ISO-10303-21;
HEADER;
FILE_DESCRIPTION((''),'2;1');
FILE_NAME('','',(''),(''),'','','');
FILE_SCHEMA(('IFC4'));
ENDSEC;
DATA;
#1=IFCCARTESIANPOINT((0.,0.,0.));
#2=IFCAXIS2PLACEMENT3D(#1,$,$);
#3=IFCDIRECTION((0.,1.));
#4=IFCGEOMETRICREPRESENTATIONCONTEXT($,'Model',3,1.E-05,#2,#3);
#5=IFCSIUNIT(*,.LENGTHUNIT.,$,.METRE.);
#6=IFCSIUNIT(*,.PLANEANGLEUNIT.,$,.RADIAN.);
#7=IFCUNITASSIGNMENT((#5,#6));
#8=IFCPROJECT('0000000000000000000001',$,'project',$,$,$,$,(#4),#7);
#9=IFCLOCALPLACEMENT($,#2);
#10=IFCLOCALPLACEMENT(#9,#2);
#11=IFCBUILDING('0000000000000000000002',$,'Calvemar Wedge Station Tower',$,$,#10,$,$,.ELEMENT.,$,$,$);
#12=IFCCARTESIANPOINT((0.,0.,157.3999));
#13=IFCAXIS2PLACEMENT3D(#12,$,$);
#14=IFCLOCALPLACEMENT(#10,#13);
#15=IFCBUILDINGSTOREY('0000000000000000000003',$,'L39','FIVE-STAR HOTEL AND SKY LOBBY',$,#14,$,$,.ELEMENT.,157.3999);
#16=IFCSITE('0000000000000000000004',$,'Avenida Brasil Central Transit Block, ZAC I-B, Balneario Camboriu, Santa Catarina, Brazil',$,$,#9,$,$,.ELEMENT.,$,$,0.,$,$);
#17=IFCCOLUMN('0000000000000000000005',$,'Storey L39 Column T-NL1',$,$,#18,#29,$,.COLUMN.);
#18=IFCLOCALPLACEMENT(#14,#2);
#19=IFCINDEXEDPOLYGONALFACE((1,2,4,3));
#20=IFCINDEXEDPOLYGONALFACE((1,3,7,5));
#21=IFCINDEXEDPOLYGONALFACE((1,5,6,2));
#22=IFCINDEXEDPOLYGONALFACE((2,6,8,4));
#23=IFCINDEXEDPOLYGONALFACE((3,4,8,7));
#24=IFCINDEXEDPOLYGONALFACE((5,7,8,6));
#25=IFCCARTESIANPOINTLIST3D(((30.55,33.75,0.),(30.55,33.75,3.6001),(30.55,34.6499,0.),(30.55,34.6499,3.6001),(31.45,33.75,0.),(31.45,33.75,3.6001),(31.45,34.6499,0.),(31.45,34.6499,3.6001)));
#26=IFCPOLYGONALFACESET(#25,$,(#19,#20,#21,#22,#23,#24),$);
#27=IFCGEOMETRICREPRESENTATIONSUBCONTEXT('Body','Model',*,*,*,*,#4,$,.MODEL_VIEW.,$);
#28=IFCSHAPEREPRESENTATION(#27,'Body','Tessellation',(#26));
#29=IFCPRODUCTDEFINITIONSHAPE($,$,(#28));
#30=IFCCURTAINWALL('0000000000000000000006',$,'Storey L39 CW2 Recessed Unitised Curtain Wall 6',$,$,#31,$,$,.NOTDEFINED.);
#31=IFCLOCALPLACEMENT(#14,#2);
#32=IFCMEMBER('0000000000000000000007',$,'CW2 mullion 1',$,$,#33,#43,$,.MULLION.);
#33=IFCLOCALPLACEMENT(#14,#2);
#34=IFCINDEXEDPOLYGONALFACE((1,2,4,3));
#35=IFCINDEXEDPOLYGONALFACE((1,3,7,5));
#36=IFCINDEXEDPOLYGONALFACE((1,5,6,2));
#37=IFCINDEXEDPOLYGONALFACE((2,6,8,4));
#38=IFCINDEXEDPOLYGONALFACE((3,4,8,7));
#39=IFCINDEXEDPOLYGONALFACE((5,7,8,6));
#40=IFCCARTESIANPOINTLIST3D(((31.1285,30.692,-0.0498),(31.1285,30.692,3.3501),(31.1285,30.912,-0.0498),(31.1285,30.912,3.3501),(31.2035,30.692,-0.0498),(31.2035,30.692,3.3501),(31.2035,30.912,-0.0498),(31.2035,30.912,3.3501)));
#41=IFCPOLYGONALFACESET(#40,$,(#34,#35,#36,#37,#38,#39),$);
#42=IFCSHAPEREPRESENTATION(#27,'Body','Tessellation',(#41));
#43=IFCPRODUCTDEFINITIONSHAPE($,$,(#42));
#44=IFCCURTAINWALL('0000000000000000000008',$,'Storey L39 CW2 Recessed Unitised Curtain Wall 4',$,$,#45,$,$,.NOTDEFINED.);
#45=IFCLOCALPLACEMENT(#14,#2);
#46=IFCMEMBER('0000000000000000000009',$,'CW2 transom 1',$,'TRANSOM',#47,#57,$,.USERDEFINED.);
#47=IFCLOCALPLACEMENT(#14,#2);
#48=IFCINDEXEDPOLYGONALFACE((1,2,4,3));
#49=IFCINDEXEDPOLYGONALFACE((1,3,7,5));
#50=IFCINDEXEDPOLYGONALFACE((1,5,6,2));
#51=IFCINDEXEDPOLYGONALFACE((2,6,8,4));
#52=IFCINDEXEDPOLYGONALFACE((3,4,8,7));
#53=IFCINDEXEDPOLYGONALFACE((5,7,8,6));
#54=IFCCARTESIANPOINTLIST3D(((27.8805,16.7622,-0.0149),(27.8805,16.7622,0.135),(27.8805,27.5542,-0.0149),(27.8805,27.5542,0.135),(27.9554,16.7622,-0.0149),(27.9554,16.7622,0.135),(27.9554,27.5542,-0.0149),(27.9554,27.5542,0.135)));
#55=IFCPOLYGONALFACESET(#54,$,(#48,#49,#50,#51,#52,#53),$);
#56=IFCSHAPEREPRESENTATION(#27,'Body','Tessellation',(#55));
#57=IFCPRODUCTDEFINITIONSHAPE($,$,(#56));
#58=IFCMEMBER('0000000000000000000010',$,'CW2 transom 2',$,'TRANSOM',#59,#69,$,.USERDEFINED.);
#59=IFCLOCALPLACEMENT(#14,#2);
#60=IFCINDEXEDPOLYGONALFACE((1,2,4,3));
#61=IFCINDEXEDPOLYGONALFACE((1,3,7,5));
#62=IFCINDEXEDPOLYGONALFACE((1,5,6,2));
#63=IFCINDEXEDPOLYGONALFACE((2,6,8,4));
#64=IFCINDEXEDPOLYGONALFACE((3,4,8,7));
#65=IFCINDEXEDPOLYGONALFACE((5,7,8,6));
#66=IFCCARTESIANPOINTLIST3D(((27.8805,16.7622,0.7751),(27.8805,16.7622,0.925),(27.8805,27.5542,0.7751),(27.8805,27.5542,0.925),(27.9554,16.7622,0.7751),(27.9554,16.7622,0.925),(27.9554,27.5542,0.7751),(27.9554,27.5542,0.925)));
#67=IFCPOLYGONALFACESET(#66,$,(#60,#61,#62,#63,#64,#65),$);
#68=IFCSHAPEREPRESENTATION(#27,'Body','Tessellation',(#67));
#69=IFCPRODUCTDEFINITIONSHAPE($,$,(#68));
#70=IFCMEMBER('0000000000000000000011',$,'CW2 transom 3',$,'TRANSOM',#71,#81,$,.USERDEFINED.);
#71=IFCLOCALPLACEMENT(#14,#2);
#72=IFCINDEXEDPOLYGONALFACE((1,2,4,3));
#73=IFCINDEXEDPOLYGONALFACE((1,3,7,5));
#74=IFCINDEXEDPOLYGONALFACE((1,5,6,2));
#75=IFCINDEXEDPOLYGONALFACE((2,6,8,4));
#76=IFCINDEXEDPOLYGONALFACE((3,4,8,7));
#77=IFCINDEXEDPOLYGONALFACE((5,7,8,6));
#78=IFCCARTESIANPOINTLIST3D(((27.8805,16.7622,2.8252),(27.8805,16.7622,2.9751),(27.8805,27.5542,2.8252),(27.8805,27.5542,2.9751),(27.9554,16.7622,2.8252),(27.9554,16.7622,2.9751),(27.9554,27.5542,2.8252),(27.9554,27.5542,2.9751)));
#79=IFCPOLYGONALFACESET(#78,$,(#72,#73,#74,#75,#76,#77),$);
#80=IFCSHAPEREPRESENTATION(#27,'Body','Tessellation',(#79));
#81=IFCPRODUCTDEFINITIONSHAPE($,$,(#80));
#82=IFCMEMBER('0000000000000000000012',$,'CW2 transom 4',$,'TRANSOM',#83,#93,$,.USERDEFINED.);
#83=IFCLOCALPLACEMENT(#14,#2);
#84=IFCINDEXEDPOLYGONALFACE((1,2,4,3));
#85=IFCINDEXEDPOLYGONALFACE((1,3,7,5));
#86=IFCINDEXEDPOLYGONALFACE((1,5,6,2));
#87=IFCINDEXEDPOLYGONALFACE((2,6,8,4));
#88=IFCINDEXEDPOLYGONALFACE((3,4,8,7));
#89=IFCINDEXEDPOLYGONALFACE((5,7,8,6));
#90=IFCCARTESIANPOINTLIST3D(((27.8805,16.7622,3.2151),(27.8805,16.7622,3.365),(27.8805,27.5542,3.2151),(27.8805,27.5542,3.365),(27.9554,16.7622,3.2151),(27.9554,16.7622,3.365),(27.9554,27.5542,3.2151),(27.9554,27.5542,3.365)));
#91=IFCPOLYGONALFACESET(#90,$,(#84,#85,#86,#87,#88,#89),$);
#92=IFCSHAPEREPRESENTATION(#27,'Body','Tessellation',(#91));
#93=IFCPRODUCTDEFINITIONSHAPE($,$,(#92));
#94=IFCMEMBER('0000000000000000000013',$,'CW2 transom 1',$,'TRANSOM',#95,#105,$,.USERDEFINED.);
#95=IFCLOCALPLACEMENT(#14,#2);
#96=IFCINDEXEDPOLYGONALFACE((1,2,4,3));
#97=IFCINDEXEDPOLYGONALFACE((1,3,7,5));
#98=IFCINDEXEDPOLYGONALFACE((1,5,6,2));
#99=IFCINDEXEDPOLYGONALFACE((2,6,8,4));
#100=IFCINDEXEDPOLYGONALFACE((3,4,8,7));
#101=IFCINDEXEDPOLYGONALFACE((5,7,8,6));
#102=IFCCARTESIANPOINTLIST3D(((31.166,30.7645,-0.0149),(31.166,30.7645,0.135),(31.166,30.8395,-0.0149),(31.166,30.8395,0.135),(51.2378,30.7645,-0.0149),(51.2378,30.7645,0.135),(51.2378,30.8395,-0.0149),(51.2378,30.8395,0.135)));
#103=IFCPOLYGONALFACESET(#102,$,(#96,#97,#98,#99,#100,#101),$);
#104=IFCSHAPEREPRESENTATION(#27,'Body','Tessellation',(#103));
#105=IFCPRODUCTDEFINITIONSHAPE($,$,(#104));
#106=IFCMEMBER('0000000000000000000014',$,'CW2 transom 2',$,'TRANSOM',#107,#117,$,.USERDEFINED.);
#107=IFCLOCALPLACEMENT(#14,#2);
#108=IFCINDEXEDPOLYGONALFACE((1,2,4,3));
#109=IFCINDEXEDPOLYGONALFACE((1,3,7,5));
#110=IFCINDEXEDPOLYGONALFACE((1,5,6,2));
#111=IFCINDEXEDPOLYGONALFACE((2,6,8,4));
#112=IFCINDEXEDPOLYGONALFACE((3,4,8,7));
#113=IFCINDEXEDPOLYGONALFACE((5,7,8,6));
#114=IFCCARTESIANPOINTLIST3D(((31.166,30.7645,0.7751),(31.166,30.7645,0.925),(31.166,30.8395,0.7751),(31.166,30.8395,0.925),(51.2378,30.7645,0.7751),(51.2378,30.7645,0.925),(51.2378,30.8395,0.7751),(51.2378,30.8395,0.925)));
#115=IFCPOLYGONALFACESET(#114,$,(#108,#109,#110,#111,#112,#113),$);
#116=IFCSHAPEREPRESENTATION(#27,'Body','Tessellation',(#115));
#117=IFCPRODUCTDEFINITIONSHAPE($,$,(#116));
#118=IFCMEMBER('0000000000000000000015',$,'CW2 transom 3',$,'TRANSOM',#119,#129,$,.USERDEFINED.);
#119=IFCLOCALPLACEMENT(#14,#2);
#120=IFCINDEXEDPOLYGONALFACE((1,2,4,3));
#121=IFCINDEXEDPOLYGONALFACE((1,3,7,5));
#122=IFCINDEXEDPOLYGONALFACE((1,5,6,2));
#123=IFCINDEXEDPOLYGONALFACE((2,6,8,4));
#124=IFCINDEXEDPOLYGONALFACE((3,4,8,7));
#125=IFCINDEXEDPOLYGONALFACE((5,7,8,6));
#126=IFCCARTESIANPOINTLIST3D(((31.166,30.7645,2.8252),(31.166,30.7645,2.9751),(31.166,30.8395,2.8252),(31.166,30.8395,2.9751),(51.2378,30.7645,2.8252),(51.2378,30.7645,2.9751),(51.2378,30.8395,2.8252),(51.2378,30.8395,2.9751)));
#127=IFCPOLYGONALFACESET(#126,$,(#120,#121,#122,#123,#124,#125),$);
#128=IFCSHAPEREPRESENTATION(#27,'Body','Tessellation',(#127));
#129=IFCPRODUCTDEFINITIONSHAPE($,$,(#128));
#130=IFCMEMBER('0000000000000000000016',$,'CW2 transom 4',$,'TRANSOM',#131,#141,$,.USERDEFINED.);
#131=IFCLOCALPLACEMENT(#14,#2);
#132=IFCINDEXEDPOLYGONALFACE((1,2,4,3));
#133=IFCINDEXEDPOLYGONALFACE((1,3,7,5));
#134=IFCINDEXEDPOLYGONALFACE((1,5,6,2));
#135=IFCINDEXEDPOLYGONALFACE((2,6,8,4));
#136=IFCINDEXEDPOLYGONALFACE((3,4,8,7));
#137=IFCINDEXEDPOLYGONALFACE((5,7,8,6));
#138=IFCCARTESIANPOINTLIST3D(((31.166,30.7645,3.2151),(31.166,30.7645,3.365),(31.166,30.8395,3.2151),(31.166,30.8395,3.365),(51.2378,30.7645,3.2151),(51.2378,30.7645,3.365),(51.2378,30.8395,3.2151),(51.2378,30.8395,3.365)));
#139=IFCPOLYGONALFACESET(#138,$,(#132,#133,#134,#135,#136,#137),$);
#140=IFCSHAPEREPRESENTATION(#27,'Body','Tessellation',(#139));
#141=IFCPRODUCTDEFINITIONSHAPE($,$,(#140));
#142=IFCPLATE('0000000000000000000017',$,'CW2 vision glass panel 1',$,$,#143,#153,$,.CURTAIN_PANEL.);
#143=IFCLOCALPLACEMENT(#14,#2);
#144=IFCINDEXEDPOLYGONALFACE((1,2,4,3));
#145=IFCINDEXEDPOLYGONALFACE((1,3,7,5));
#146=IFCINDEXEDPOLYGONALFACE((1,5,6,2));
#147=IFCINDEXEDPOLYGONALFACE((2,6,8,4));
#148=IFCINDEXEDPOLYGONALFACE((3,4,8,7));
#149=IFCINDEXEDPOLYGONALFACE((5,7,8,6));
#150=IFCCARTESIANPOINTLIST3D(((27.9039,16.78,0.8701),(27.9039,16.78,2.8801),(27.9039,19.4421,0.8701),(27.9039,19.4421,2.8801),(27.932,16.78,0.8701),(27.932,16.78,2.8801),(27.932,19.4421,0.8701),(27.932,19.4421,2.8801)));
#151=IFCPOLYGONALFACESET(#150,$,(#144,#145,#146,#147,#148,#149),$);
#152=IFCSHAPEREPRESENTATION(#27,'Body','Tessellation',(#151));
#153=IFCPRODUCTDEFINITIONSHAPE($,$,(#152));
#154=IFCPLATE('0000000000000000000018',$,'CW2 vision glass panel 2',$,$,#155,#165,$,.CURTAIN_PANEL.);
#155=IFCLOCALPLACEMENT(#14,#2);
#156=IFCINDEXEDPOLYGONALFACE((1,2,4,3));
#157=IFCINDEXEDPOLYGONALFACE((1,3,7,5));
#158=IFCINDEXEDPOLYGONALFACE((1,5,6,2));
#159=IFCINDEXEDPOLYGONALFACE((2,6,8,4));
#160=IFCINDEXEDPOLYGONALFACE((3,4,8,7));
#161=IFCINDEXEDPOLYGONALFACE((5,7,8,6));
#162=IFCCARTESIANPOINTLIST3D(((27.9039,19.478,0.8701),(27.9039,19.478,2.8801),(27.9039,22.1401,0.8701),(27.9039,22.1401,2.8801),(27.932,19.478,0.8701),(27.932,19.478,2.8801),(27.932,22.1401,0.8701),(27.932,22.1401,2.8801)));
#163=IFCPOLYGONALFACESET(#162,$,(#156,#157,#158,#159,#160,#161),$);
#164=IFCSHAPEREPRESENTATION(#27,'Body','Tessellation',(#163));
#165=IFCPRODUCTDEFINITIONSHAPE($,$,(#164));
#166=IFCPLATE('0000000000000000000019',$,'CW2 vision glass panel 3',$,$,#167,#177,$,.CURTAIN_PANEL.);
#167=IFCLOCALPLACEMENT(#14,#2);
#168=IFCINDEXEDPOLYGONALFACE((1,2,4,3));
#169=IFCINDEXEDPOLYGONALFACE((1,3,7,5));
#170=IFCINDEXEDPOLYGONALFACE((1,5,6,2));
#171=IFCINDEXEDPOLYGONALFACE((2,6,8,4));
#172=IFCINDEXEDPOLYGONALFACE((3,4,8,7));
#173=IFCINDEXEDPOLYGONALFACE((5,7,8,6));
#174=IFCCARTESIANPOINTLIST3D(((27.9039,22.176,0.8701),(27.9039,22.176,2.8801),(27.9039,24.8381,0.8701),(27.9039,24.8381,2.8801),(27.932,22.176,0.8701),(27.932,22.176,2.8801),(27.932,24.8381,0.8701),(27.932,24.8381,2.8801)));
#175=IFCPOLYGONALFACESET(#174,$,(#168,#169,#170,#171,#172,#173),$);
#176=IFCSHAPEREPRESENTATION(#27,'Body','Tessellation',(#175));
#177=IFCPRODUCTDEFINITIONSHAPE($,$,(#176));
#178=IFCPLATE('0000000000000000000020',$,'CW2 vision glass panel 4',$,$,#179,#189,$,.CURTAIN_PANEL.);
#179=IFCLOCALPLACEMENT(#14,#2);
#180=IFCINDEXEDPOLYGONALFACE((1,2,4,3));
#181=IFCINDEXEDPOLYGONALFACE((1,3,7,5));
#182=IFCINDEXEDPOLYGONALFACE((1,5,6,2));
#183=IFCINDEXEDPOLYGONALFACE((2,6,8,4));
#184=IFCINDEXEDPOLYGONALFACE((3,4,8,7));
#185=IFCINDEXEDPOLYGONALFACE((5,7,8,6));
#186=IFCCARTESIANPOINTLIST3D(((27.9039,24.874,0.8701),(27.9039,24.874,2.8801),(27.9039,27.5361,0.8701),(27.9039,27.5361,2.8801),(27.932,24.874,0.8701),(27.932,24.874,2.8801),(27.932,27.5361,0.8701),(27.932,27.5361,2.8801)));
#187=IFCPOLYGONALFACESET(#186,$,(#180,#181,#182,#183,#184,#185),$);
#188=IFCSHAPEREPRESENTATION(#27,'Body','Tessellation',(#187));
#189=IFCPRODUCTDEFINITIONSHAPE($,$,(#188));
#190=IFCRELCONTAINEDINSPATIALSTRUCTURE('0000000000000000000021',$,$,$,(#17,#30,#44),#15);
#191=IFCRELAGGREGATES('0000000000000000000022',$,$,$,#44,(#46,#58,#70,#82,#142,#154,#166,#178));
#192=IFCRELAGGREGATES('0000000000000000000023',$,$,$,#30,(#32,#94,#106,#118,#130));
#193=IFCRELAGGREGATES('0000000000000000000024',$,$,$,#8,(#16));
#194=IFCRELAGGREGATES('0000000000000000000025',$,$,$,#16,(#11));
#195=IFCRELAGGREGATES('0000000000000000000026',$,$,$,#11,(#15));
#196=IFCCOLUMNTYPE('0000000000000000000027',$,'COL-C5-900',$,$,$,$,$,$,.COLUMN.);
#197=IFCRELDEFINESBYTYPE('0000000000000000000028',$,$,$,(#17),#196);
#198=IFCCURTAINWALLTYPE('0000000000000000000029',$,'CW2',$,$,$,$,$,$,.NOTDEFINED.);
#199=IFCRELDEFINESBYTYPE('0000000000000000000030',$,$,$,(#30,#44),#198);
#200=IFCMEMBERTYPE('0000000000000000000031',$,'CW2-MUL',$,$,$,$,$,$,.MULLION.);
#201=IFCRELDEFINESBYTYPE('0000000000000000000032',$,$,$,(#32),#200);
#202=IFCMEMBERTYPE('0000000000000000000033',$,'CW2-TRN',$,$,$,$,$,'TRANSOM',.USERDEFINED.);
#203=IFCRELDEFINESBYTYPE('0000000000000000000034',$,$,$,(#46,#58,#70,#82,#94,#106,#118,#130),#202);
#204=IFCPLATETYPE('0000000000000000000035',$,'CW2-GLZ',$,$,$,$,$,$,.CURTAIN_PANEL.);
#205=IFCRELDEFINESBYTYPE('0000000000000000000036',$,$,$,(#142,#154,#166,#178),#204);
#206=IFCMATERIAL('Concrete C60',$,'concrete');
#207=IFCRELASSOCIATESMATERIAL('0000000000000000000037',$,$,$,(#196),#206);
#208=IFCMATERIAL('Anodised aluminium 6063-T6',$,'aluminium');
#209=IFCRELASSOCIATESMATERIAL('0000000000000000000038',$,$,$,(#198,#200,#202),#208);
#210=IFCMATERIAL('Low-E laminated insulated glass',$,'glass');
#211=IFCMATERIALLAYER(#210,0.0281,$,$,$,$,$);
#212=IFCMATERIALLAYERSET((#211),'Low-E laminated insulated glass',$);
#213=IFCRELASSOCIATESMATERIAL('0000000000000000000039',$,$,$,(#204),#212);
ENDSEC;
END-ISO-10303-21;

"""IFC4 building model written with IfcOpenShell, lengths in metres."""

from ifc_helpers import new_model, si_unit, direction, frame, frame_2d, origin, origin_2d, place, context, subcontext, project, spatial, rectangle, extrude, source, transform, mapped, material, layer, layer_set, material_profile, profile_set, type_object, element, aggregate, save


model = new_model("IFC4")

# Units and contexts
model_context = context("Model", 3, precision=1e-05, world=origin(), true_north=direction((0.0, 1.0)))
body_context = subcontext(model_context, "Body", "Model", "MODEL_VIEW")
ifc_project = project(units=[si_unit("LENGTHUNIT", "METRE"), si_unit("PLANEANGLEUNIT", "RADIAN")], contexts=[model_context])

# Site, building, storey
site_placement = place(None, origin())
site = spatial("IfcSite", under=ifc_project, at=site_placement, Name="Avenida Brasil Central Transit Block, ZAC I-B, Balneario Camboriu, Santa Catarina, Brazil", CompositionType="ELEMENT", RefElevation=0.0)
building_placement = place(site_placement, origin())
building = spatial("IfcBuilding", under=site, at=building_placement, Name="Calvemar Wedge Station Tower", CompositionType="ELEMENT")
storey_placement = place(building_placement, frame((0.0, 0.0, 157.3999)))
storey = spatial("IfcBuildingStorey", under=building, at=storey_placement, Name="L39", Description="FIVE-STAR HOTEL AND SKY LOBBY", CompositionType="ELEMENT", Elevation=157.3999)

# Column
ifc_material_1 = material(Name="Concrete C60", Category="concrete")
ifc_material_profile_1 = material_profile(ifc_material_1, rectangle(XDim=0.8999, YDim=0.8999, at=origin_2d()), Name="RC900x900")
ifc_profile_set_1 = profile_set([ifc_material_profile_1], Name="Concrete C60")
column_type = type_object("IfcColumnType", Name="COL-C5-900", PredefinedType="COLUMN", material=ifc_profile_set_1)
shared_shape_1 = source(origin(), body_context, "Body", "SweptSolid", [
    extrude(rectangle(XDim=0.8999, YDim=0.8999, at=origin_2d()), origin(), (0.0, 0.0, 1.0), 3.6001),
])
column_placement = place(storey_placement, frame((31.0, 34.2, 0.0), z_axis=(0.0, 0.0, 1.0), x_axis=(1.0, 0.0, 0.0)))
element("IfcColumn", 1, at=column_placement, inside=storey, type_object=column_type, Name="Storey L39 Column T-NL1", PredefinedType="COLUMN", context=body_context, shape_type="MappedRepresentation", body=[
    mapped(shared_shape_1, transform((0.0, 0.0, 0.0), scale=1.0)),
])

# Curtain wall, member
ifc_material_2 = material(Name="Anodised aluminium 6063-T6", Category="aluminium")
curtain_wall_type = type_object("IfcCurtainWallType", Name="CW2", PredefinedType="NOTDEFINED", material=ifc_material_2)
curtain_wall_1_placement = place(storey_placement, origin())
curtain_wall_1 = element("IfcCurtainWall", 2, at=curtain_wall_1_placement, inside=storey, type_object=curtain_wall_type, Name="Storey L39 CW2 Recessed Unitised Curtain Wall 6", PredefinedType="NOTDEFINED")
ifc_material_profile_2 = material_profile(ifc_material_2, rectangle(XDim=0.075, YDim=0.22, at=origin_2d()), Name="AL-MUL-75x220")
ifc_profile_set_2 = profile_set([ifc_material_profile_2], Name="Anodised aluminium 6063-T6")
member_type_1 = type_object("IfcMemberType", Name="CW2-MUL", PredefinedType="MULLION", material=ifc_profile_set_2)
shared_shape_2 = source(origin(), body_context, "Body", "SweptSolid", [
    extrude(rectangle(XDim=0.075, YDim=0.22, at=origin_2d()), origin(), (0.0, 0.0, 1.0), 3.3999),
])
member_1_placement = place(storey_placement, frame((31.166, 30.802, -0.0498), z_axis=(0.0, 0.0, 1.0), x_axis=(1.0, 0.0, 0.0)))
member_1 = element("IfcMember", 3, at=member_1_placement, type_object=member_type_1, Name="CW2 mullion 1", PredefinedType="MULLION", context=body_context, shape_type="MappedRepresentation", body=[
    mapped(shared_shape_2, transform((0.0, 0.0, 0.0), scale=1.0)),
])

# Curtain wall, members
curtain_wall_2_placement = place(storey_placement, origin())
curtain_wall_2 = element("IfcCurtainWall", 4, at=curtain_wall_2_placement, inside=storey, type_object=curtain_wall_type, Name="Storey L39 CW2 Recessed Unitised Curtain Wall 4", PredefinedType="NOTDEFINED")
ifc_material_profile_3 = material_profile(ifc_material_2, rectangle(XDim=0.075, YDim=0.1499, at=origin_2d()), Name="AL-TRN-75x150")
ifc_profile_set_3 = profile_set([ifc_material_profile_3], Name="Anodised aluminium 6063-T6")
member_type_2 = type_object("IfcMemberType", Name="CW2-TRN", ElementType="TRANSOM", PredefinedType="USERDEFINED", material=ifc_profile_set_3)
shared_shape_3 = source(origin(), body_context, "Body", "SweptSolid", [
    extrude(rectangle(XDim=0.075, YDim=0.1499, at=origin_2d()), origin(), (0.0, 0.0, 1.0), 10.792),
])
member_2_placement = place(storey_placement, frame((27.918, 16.7622, 0.0601), z_axis=(0.0, 1.0, 0.0), x_axis=(-1.0, 0.0, 0.0)))
member_2 = element("IfcMember", 5, at=member_2_placement, type_object=member_type_2, Name="CW2 transom 1", ObjectType="TRANSOM", PredefinedType="USERDEFINED", context=body_context, shape_type="MappedRepresentation", body=[
    mapped(shared_shape_3, transform((0.0, 0.0, 0.0), scale=1.0)),
])
member_3_placement = place(storey_placement, frame((27.918, 16.7622, 0.8501), z_axis=(0.0, 1.0, 0.0), x_axis=(-1.0, 0.0, 0.0)))
member_3 = element("IfcMember", 6, at=member_3_placement, type_object=member_type_2, Name="CW2 transom 2", ObjectType="TRANSOM", PredefinedType="USERDEFINED", context=body_context, shape_type="MappedRepresentation", body=[
    mapped(shared_shape_3, transform((0.0, 0.0, 0.0), scale=1.0)),
])
member_4_placement = place(storey_placement, frame((27.918, 16.7622, 2.9001), z_axis=(0.0, 1.0, 0.0), x_axis=(-1.0, 0.0, 0.0)))
member_4 = element("IfcMember", 7, at=member_4_placement, type_object=member_type_2, Name="CW2 transom 3", ObjectType="TRANSOM", PredefinedType="USERDEFINED", context=body_context, shape_type="MappedRepresentation", body=[
    mapped(shared_shape_3, transform((0.0, 0.0, 0.0), scale=1.0)),
])
member_5_placement = place(storey_placement, frame((27.918, 16.7622, 3.29), z_axis=(0.0, 1.0, 0.0), x_axis=(-1.0, 0.0, 0.0)))
member_5 = element("IfcMember", 8, at=member_5_placement, type_object=member_type_2, Name="CW2 transom 4", ObjectType="TRANSOM", PredefinedType="USERDEFINED", context=body_context, shape_type="MappedRepresentation", body=[
    mapped(shared_shape_3, transform((0.0, 0.0, 0.0), scale=1.0)),
])

# Members
shared_shape_4 = source(origin(), body_context, "Body", "SweptSolid", [
    extrude(rectangle(XDim=0.075, YDim=0.1499, at=origin_2d()), origin(), (0.0, 0.0, 1.0), 20.0718),
])
member_6_placement = place(storey_placement, frame((31.166, 30.802, 0.0601), z_axis=(1.0, 0.0, 0.0), x_axis=(0.0, 1.0, 0.0)))
member_6 = element("IfcMember", 9, at=member_6_placement, type_object=member_type_2, Name="CW2 transom 1", ObjectType="TRANSOM", PredefinedType="USERDEFINED", context=body_context, shape_type="MappedRepresentation", body=[
    mapped(shared_shape_4, transform((0.0, 0.0, 0.0), scale=1.0)),
])
member_7_placement = place(storey_placement, frame((31.166, 30.802, 0.8501), z_axis=(1.0, 0.0, 0.0), x_axis=(0.0, 1.0, 0.0)))
member_7 = element("IfcMember", 10, at=member_7_placement, type_object=member_type_2, Name="CW2 transom 2", ObjectType="TRANSOM", PredefinedType="USERDEFINED", context=body_context, shape_type="MappedRepresentation", body=[
    mapped(shared_shape_4, transform((0.0, 0.0, 0.0), scale=1.0)),
])
member_8_placement = place(storey_placement, frame((31.166, 30.802, 2.9001), z_axis=(1.0, 0.0, 0.0), x_axis=(0.0, 1.0, 0.0)))
member_8 = element("IfcMember", 11, at=member_8_placement, type_object=member_type_2, Name="CW2 transom 3", ObjectType="TRANSOM", PredefinedType="USERDEFINED", context=body_context, shape_type="MappedRepresentation", body=[
    mapped(shared_shape_4, transform((0.0, 0.0, 0.0), scale=1.0)),
])
member_9_placement = place(storey_placement, frame((31.166, 30.802, 3.29), z_axis=(1.0, 0.0, 0.0), x_axis=(0.0, 1.0, 0.0)))
member_9 = element("IfcMember", 12, at=member_9_placement, type_object=member_type_2, Name="CW2 transom 4", ObjectType="TRANSOM", PredefinedType="USERDEFINED", context=body_context, shape_type="MappedRepresentation", body=[
    mapped(shared_shape_4, transform((0.0, 0.0, 0.0), scale=1.0)),
])

# Plates
ifc_material_3 = material(Name="Low-E laminated insulated glass", Category="glass")
ifc_layer_1 = layer(ifc_material_3, 0.0281)
ifc_layer_set_1 = layer_set([ifc_layer_1], Name="Low-E laminated insulated glass")
plate_type_1 = type_object("IfcPlateType", Name="CW2-GLZ", PredefinedType="CURTAIN_PANEL", material=ifc_layer_set_1)
plate_1_placement = place(storey_placement, frame((27.918, 16.78, 0.8701), z_axis=(0.0, 0.0, 1.0), x_axis=(0.0, 1.0, 0.0)))
plate_1 = element("IfcPlate", 13, at=plate_1_placement, type_object=plate_type_1, Name="CW2 vision glass panel 1", PredefinedType="CURTAIN_PANEL", context=body_context, shape_type="SweptSolid", body=[
    extrude(rectangle(XDim=2.6621, YDim=0.0281, at=frame_2d((1.3311, 0.0))), origin(), (0.0, 0.0, 1.0), 2.01),
])
plate_2_placement = place(storey_placement, frame((27.918, 19.478, 0.8701), z_axis=(0.0, 0.0, 1.0), x_axis=(0.0, 1.0, 0.0)))
plate_2 = element("IfcPlate", 14, at=plate_2_placement, type_object=plate_type_1, Name="CW2 vision glass panel 2", PredefinedType="CURTAIN_PANEL", context=body_context, shape_type="SweptSolid", body=[
    extrude(rectangle(XDim=2.6621, YDim=0.0281, at=frame_2d((1.3311, 0.0))), origin(), (0.0, 0.0, 1.0), 2.01),
])
plate_3_placement = place(storey_placement, frame((27.918, 22.176, 0.8701), z_axis=(0.0, 0.0, 1.0), x_axis=(0.0, 1.0, 0.0)))
plate_3 = element("IfcPlate", 15, at=plate_3_placement, type_object=plate_type_1, Name="CW2 vision glass panel 3", PredefinedType="CURTAIN_PANEL", context=body_context, shape_type="SweptSolid", body=[
    extrude(rectangle(XDim=2.6621, YDim=0.0281, at=frame_2d((1.3311, 0.0))), origin(), (0.0, 0.0, 1.0), 2.01),
])
plate_4_placement = place(storey_placement, frame((27.918, 24.874, 0.8701), z_axis=(0.0, 0.0, 1.0), x_axis=(0.0, 1.0, 0.0)))
plate_4 = element("IfcPlate", 16, at=plate_4_placement, type_object=plate_type_1, Name="CW2 vision glass panel 4", PredefinedType="CURTAIN_PANEL", context=body_context, shape_type="SweptSolid", body=[
    extrude(rectangle(XDim=2.6621, YDim=0.0281, at=frame_2d((1.3311, 0.0))), origin(), (0.0, 0.0, 1.0), 2.01),
])
aggregate(curtain_wall_2, [member_2, member_3, member_4, member_5, plate_1, plate_2, plate_3, plate_4])
aggregate(curtain_wall_1, [member_1, member_6, member_7, member_8, member_9])

save(model, "model.ifc")
